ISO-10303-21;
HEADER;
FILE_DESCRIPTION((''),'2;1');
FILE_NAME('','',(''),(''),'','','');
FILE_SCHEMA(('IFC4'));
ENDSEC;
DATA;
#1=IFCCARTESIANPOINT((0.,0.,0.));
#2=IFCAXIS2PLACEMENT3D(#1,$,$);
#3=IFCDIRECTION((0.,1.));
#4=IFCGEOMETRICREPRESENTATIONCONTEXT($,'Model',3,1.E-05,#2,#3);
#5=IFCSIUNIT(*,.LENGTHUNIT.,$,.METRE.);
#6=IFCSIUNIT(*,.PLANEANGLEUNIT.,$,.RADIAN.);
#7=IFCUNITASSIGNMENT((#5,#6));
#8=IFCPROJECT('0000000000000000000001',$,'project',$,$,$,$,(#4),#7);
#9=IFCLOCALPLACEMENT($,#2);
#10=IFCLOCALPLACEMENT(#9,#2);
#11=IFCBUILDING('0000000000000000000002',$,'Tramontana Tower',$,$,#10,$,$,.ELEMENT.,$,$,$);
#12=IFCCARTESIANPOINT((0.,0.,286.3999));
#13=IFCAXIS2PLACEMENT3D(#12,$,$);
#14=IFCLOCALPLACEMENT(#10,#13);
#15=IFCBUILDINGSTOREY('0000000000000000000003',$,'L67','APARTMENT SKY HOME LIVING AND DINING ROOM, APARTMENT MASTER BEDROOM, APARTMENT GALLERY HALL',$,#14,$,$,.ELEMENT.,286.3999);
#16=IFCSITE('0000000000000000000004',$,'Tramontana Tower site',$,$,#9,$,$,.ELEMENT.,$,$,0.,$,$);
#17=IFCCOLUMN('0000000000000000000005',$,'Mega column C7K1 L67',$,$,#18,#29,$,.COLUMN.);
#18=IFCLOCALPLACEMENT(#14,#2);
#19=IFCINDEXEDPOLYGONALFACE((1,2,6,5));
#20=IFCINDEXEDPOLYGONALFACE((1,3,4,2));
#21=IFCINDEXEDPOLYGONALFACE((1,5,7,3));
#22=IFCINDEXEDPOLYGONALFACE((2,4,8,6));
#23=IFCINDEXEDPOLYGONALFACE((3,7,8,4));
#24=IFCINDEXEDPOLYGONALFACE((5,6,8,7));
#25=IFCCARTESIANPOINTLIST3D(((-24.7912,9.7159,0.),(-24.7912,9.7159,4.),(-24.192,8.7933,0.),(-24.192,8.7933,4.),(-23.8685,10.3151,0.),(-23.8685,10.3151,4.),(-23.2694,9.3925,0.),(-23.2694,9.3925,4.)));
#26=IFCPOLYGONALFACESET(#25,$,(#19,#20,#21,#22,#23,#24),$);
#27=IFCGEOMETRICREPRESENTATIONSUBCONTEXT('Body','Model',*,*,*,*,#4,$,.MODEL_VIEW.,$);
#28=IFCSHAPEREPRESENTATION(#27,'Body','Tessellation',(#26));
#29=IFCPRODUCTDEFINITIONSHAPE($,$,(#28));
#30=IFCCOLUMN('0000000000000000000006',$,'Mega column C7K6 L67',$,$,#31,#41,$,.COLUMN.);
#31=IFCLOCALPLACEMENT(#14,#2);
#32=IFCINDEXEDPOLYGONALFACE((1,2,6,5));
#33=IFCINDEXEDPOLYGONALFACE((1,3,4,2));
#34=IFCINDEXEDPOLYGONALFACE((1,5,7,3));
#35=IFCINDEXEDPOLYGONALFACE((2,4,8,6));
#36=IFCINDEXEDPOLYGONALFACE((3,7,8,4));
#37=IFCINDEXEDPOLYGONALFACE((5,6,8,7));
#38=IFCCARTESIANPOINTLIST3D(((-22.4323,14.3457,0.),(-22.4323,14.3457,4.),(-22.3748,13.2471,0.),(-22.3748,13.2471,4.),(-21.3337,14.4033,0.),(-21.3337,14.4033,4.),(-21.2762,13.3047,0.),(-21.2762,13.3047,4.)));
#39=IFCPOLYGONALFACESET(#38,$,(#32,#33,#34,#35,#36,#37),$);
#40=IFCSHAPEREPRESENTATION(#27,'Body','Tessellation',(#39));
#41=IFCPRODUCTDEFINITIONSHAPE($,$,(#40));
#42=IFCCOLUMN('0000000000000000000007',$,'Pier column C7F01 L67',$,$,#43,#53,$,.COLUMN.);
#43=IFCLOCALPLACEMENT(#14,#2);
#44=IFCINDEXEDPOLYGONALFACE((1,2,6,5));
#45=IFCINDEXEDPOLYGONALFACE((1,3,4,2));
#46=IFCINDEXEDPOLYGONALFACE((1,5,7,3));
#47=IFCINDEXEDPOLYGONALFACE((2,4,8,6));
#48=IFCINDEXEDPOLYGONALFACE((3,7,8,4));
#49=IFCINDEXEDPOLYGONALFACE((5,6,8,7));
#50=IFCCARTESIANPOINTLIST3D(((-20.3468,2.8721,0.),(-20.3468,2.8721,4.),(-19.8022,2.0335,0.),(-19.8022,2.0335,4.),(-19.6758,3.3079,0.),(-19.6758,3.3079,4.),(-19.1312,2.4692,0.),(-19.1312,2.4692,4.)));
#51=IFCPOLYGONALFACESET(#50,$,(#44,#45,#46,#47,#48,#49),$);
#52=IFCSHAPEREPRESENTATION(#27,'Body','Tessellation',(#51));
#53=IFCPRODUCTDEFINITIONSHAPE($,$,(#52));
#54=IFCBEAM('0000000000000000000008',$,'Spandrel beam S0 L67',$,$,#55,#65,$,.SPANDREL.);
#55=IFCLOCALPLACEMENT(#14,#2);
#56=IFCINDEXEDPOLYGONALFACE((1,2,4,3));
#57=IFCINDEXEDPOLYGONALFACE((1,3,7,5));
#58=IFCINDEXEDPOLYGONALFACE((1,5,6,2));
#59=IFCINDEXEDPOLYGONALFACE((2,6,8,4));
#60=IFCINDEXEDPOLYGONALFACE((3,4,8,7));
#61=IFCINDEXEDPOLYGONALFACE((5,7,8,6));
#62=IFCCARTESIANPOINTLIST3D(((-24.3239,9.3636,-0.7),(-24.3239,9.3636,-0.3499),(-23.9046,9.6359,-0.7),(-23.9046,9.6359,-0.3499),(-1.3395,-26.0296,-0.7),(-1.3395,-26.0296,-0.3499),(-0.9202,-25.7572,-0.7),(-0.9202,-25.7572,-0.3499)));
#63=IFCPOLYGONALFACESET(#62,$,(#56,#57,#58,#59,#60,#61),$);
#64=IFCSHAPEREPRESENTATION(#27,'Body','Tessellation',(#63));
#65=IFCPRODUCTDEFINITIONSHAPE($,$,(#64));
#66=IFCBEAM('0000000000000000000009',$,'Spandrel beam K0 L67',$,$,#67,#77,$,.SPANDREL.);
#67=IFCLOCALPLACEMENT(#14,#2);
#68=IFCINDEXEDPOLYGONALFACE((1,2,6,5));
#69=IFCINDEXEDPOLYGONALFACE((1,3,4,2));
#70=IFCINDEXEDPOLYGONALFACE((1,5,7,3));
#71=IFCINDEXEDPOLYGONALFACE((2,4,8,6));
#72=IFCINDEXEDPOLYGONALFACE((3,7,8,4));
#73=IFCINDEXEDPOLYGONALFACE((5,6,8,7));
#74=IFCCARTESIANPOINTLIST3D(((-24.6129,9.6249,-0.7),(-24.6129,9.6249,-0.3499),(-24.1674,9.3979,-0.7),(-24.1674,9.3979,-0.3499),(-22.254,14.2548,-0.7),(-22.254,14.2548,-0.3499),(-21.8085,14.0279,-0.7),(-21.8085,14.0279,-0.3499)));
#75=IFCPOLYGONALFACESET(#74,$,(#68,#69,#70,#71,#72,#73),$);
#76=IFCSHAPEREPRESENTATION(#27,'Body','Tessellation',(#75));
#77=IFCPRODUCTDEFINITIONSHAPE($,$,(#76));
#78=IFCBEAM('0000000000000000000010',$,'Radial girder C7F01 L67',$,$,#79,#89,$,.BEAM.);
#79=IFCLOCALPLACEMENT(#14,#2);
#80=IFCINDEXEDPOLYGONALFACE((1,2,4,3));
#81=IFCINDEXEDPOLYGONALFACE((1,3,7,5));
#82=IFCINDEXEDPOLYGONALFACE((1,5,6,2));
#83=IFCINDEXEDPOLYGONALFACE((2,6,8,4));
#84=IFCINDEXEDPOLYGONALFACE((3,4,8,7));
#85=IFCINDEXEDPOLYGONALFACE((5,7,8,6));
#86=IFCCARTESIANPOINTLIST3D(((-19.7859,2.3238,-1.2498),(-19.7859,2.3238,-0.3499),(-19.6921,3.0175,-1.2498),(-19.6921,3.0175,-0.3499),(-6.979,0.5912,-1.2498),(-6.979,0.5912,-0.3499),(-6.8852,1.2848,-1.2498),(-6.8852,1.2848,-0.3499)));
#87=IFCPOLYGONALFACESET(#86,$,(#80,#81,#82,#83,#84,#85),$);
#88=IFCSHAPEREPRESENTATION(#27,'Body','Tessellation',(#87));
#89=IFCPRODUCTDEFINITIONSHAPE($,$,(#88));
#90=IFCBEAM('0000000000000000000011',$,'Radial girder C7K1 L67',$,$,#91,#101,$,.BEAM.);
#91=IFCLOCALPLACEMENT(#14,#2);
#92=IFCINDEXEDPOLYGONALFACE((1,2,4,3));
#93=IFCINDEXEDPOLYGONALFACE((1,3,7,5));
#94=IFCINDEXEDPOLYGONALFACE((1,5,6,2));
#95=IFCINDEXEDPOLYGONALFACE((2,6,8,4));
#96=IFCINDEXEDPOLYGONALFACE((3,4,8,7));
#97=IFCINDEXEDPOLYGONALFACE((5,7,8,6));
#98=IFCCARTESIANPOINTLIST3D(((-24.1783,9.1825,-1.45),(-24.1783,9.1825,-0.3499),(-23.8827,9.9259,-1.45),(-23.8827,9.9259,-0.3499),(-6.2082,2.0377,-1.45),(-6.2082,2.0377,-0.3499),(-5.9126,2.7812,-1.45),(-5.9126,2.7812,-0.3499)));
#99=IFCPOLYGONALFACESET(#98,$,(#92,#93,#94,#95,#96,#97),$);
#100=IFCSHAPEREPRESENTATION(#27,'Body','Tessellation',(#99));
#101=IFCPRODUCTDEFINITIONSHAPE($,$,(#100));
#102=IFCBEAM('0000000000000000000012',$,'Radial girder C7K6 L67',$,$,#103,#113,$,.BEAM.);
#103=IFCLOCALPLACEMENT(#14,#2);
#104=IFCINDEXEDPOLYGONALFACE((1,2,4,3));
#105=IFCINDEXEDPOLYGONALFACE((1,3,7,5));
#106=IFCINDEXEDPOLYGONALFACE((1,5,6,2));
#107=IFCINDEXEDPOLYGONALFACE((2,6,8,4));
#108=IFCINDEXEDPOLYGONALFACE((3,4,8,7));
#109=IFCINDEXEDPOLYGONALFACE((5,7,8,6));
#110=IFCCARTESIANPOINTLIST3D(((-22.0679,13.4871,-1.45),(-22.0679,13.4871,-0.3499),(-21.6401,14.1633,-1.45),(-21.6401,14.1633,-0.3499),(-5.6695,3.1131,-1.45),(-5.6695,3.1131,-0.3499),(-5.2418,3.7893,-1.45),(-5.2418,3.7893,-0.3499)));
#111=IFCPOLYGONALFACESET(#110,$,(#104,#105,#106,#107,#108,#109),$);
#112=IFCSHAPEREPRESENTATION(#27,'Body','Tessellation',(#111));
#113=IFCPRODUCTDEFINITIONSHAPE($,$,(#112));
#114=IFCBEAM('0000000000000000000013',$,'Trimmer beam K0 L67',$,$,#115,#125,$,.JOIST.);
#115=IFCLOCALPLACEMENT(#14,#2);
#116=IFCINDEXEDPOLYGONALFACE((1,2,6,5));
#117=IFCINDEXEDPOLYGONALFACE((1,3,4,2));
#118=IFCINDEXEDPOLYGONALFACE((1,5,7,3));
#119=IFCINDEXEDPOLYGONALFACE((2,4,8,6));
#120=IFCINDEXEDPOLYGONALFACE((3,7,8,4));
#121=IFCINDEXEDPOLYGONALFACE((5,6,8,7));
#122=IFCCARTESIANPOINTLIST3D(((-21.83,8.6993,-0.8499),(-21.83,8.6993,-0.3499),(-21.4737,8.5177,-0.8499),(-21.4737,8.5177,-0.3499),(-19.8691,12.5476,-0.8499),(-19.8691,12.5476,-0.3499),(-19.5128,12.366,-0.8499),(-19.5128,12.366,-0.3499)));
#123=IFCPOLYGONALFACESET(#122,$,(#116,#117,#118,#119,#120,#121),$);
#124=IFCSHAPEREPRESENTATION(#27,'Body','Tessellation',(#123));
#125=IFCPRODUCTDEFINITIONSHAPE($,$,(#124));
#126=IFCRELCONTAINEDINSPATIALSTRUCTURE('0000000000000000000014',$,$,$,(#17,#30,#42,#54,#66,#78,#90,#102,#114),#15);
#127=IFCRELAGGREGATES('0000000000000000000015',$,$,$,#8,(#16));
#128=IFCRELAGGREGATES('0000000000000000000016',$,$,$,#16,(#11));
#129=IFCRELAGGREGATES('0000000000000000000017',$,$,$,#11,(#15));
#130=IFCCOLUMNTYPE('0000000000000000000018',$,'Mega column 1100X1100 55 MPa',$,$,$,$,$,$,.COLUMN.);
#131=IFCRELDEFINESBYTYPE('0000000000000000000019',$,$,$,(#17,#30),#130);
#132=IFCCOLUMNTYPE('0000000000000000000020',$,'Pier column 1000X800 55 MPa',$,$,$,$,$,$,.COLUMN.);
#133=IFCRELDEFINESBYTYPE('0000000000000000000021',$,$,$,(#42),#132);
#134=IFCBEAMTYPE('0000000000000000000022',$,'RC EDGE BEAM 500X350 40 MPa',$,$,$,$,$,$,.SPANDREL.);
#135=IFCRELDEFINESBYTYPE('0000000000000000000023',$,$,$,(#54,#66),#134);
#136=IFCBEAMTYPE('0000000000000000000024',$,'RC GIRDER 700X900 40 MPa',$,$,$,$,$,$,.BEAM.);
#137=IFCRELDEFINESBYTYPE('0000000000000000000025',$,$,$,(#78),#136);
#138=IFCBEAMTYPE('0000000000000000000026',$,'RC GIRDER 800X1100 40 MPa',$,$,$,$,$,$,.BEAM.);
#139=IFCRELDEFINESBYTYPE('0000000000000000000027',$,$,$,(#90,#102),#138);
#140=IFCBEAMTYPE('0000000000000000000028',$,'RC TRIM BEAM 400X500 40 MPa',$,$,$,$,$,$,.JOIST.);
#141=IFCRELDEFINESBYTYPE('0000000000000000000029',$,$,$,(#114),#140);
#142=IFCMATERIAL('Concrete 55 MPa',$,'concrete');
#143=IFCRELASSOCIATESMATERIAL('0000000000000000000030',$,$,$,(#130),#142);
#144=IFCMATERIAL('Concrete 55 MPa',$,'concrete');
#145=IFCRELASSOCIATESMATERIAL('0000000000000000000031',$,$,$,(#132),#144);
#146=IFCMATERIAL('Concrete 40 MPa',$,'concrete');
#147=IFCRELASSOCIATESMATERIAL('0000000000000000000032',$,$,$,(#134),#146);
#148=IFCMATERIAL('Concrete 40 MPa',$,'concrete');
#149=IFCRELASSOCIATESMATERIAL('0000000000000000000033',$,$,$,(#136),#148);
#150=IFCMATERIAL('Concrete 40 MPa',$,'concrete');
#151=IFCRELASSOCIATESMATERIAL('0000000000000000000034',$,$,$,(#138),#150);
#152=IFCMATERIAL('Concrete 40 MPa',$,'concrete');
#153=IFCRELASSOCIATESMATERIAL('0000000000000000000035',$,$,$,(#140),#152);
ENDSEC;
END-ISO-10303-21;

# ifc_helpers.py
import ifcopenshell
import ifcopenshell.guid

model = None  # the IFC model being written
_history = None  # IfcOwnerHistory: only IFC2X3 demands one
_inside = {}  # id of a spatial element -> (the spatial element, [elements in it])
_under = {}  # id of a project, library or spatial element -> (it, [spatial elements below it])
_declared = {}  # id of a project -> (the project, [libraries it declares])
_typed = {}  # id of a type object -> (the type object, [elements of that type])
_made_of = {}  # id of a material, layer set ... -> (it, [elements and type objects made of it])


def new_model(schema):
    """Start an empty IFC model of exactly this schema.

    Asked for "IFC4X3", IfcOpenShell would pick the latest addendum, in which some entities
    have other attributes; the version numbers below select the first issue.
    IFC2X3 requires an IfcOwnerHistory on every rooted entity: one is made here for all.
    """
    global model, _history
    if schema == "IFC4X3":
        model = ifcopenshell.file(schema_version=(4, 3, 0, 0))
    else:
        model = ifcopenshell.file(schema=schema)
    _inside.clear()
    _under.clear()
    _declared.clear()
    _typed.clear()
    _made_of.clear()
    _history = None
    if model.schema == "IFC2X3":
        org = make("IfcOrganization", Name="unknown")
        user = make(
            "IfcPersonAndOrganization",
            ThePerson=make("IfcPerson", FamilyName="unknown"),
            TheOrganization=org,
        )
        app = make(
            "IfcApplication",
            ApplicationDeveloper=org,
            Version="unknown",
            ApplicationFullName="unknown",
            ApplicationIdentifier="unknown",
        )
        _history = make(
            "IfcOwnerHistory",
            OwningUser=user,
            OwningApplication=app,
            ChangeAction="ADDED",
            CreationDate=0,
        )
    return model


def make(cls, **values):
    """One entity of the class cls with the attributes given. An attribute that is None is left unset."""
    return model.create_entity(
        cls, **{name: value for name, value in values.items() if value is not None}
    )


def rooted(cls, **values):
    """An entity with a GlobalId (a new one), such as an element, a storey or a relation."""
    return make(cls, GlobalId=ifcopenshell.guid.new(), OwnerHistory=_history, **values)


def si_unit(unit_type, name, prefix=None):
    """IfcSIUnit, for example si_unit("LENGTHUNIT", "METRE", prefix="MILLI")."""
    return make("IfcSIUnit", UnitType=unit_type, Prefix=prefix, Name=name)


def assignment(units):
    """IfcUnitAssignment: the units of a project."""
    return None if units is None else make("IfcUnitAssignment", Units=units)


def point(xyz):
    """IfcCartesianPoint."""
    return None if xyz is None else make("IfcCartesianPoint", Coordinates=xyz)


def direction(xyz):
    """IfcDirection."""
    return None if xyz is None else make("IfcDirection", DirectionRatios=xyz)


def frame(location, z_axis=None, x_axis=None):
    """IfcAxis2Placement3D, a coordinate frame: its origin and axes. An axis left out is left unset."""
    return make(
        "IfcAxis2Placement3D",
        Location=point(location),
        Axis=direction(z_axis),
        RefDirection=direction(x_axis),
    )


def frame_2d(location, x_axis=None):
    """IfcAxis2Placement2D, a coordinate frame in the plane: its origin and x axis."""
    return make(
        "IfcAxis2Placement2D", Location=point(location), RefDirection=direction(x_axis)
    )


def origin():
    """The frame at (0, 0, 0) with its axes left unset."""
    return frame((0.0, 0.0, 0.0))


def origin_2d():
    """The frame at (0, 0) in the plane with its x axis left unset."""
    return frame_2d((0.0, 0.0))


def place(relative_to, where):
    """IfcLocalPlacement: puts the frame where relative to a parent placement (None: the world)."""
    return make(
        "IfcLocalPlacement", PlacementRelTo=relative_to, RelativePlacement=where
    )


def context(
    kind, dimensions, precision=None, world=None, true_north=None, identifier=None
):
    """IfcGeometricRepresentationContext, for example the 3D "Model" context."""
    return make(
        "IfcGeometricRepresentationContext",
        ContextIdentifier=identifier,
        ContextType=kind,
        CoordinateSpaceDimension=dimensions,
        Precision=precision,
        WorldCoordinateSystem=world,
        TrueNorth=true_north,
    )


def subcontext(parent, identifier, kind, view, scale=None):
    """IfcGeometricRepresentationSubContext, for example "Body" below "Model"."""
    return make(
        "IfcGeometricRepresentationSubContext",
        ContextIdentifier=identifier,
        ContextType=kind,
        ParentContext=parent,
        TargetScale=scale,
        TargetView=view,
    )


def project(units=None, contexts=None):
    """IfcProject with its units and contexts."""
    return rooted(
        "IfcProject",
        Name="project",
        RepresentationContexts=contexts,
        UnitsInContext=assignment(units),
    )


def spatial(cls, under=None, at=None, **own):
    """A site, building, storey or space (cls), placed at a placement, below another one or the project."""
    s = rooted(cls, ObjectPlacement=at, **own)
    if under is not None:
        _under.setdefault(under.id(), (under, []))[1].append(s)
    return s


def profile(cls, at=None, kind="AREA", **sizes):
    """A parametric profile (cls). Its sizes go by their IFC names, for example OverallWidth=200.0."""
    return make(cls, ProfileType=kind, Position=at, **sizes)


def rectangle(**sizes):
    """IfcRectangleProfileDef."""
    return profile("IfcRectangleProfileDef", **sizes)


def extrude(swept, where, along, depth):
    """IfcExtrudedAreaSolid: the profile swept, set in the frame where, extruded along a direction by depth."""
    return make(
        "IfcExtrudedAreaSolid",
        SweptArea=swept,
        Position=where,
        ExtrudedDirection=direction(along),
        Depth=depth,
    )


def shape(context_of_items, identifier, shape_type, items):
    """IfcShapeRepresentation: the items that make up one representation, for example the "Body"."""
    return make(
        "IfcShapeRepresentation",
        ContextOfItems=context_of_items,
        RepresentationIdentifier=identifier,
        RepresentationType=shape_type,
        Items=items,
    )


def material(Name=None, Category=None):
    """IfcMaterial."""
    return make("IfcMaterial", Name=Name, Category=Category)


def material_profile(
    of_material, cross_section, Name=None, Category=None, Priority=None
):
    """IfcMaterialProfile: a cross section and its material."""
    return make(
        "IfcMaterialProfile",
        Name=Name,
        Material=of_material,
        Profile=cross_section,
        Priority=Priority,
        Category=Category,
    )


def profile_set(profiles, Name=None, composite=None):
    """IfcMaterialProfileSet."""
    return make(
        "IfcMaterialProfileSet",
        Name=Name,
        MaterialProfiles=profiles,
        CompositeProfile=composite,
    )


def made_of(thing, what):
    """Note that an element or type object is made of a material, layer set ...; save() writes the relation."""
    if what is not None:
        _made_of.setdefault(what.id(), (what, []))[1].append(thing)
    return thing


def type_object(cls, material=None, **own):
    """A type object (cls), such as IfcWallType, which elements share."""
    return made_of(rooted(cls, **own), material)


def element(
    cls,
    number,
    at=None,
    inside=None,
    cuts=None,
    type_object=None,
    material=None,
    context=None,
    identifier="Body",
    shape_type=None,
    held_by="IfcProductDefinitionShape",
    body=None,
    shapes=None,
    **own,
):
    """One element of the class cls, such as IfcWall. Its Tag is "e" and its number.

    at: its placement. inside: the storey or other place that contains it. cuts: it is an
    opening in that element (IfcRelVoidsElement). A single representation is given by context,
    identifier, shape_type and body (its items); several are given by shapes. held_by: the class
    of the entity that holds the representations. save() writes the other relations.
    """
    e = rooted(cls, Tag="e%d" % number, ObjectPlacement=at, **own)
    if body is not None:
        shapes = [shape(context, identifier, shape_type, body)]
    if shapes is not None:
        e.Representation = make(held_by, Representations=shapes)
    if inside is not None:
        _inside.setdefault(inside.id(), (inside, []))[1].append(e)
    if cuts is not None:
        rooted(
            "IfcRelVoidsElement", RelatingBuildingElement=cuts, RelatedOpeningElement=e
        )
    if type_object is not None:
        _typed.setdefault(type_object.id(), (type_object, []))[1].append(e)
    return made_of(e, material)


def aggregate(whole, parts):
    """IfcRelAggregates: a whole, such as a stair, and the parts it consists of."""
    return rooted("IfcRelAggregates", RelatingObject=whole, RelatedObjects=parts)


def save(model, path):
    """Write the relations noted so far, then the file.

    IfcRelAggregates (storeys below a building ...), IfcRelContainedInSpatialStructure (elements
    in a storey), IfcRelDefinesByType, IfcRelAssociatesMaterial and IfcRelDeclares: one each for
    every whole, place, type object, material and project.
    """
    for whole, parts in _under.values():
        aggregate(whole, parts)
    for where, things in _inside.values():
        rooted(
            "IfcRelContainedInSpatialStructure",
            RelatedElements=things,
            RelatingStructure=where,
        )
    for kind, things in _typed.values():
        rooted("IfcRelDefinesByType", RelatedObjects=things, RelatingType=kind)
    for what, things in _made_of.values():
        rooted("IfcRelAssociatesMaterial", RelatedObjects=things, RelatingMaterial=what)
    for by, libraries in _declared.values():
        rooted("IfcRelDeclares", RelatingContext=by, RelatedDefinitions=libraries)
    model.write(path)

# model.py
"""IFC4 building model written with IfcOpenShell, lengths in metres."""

from ifc_helpers import new_model, si_unit, direction, frame, origin, origin_2d, place, context, subcontext, project, spatial, rectangle, extrude, material, material_profile, profile_set, type_object, element, save


model = new_model("IFC4")

# Units and contexts
model_context = context("Model", 3, precision=1e-05, world=origin(), true_north=direction((0.0, 1.0)))
body_context = subcontext(model_context, "Body", "Model", "MODEL_VIEW")
ifc_project = project(units=[si_unit("LENGTHUNIT", "METRE"), si_unit("PLANEANGLEUNIT", "RADIAN")], contexts=[model_context])

# Site, building, storey
site_placement = place(None, origin())
site = spatial("IfcSite", under=ifc_project, at=site_placement, Name="Tramontana Tower site", CompositionType="ELEMENT", RefElevation=0.0)
building_placement = place(site_placement, origin())
building = spatial("IfcBuilding", under=site, at=building_placement, Name="Tramontana Tower", CompositionType="ELEMENT")
storey_placement = place(building_placement, frame((0.0, 0.0, 286.3999)))
storey = spatial("IfcBuildingStorey", under=building, at=storey_placement, Name="L67", Description="APARTMENT SKY HOME LIVING AND DINING ROOM, APARTMENT MASTER BEDROOM, APARTMENT GALLERY HALL", CompositionType="ELEMENT", Elevation=286.3999)

# Columns
ifc_material_1 = material(Name="Concrete 55 MPa", Category="concrete")
ifc_material_profile_1 = material_profile(ifc_material_1, rectangle(XDim=1.1001, YDim=1.1001, at=origin_2d()), Name="Mega column 1100X1100 55 MPa")
ifc_profile_set_1 = profile_set([ifc_material_profile_1], Name="Concrete 55 MPa")
column_type_1 = type_object("IfcColumnType", Name="Mega column 1100X1100 55 MPa", PredefinedType="COLUMN", material=ifc_profile_set_1)
for number, where, z_axis, x_axis, name in (
    (1, (-24.0303, 9.5542, 0.0), (0.0, 0.0, 1.0), (0.544639, -0.838671, 0.0), "Mega column C7K1 L67"),
    (2, (-21.8542, 13.8252, 0.0), (0.0, 0.0, 1.0), (-0.99863, -0.052336, 0.0), "Mega column C7K6 L67"),
):
    element("IfcColumn", number, at=place(storey_placement, frame(where, z_axis=z_axis, x_axis=x_axis)), inside=storey, type_object=column_type_1, Name=name, PredefinedType="COLUMN", context=body_context, shape_type="SweptSolid", body=[
        extrude(rectangle(XDim=1.1001, YDim=1.1001, at=origin_2d()), origin(), (0.0, 0.0, 1.0), 4.0),
    ])
ifc_material_2 = material(Name="Concrete 55 MPa", Category="concrete")
ifc_material_profile_2 = material_profile(ifc_material_2, rectangle(XDim=1.0, YDim=0.8, at=origin_2d()), Name="Pier column 1000X800 55 MPa")
ifc_profile_set_2 = profile_set([ifc_material_profile_2], Name="Concrete 55 MPa")
column_type_2 = type_object("IfcColumnType", Name="Pier column 1000X800 55 MPa", PredefinedType="COLUMN", material=ifc_profile_set_2)
column_placement = place(storey_placement, frame((-19.739, 2.6707, 0.0), z_axis=(0.0, 0.0, 1.0), x_axis=(0.544639, -0.838671, 0.0)))
element("IfcColumn", 3, at=column_placement, inside=storey, type_object=column_type_2, Name="Pier column C7F01 L67", PredefinedType="COLUMN", context=body_context, shape_type="SweptSolid", body=[
    extrude(rectangle(XDim=1.0, YDim=0.8, at=origin_2d()), origin(), (0.0, 0.0, 1.0), 4.0),
])

# Beams
ifc_material_3 = material(Name="Concrete 40 MPa", Category="concrete")
ifc_material_profile_3 = material_profile(ifc_material_3, rectangle(XDim=0.5, YDim=0.3501, at=origin_2d()), Name="RC EDGE BEAM 500X350 40 MPa")
ifc_profile_set_3 = profile_set([ifc_material_profile_3], Name="Concrete 40 MPa")
beam_type_1 = type_object("IfcBeamType", Name="RC EDGE BEAM 500X350 40 MPa", PredefinedType="SPANDREL", material=ifc_profile_set_3)
beam_1_placement = place(storey_placement, frame((-24.1143, 9.4998, -0.5249), z_axis=(0.544637, -0.838672, 0.0), x_axis=(0.838672, 0.544637, 0.0)))
element("IfcBeam", 4, at=beam_1_placement, inside=storey, type_object=beam_type_1, Name="Spandrel beam S0 L67", PredefinedType="SPANDREL", context=body_context, shape_type="SweptSolid", body=[
    extrude(rectangle(XDim=0.5, YDim=0.3501, at=origin_2d()), origin(), (0.0, 0.0, 1.0), 42.2014),
])
beam_2_placement = place(storey_placement, frame((-22.0312, 14.1414, -0.5249), z_axis=(-0.453967, -0.891019, 0.0), x_axis=(0.891019, -0.453967, 0.0)))
element("IfcBeam", 5, at=beam_2_placement, inside=storey, type_object=beam_type_1, Name="Spandrel beam K0 L67", PredefinedType="SPANDREL", context=body_context, shape_type="SweptSolid", body=[
    extrude(rectangle(XDim=0.5, YDim=0.3501, at=origin_2d()), origin(), (0.0, 0.0, 1.0), 5.1963),
])
ifc_material_4 = material(Name="Concrete 40 MPa", Category="concrete")
ifc_material_profile_4 = material_profile(ifc_material_4, rectangle(XDim=0.7, YDim=0.8999, at=origin_2d()), Name="RC GIRDER 700X900 40 MPa")
ifc_profile_set_4 = profile_set([ifc_material_profile_4], Name="Concrete 40 MPa")
beam_type_2 = type_object("IfcBeamType", Name="RC GIRDER 700X900 40 MPa", PredefinedType="BEAM", material=ifc_profile_set_4)
beam_3_placement = place(storey_placement, frame((-19.739, 2.6707, -0.7998), z_axis=(0.990972, -0.13407, 0.0), x_axis=(0.13407, 0.990972, 0.0)))
element("IfcBeam", 6, at=beam_3_placement, inside=storey, type_object=beam_type_2, Name="Radial girder C7F01 L67", PredefinedType="BEAM", context=body_context, shape_type="SweptSolid", body=[
    extrude(rectangle(XDim=0.7, YDim=0.8999, at=origin_2d()), origin(), (0.0, 0.0, 1.0), 12.9236),
])
ifc_material_5 = material(Name="Concrete 40 MPa", Category="concrete")
ifc_material_profile_5 = material_profile(ifc_material_5, rectangle(XDim=0.8, YDim=1.1001, at=origin_2d()), Name="RC GIRDER 800X1100 40 MPa")
ifc_profile_set_5 = profile_set([ifc_material_profile_5], Name="Concrete 40 MPa")
beam_type_3 = type_object("IfcBeamType", Name="RC GIRDER 800X1100 40 MPa", PredefinedType="BEAM", material=ifc_profile_set_5)
beam_4_placement = place(storey_placement, frame((-24.0305, 9.5542, -0.8999), z_axis=(0.929247, -0.369459, 0.0), x_axis=(0.369459, 0.929247, 0.0)))
element("IfcBeam", 7, at=beam_4_placement, inside=storey, type_object=beam_type_3, Name="Radial girder C7K1 L67", PredefinedType="BEAM", context=body_context, shape_type="SweptSolid", body=[
    extrude(rectangle(XDim=0.8, YDim=1.1001, at=origin_2d()), origin(), (0.0, 0.0, 1.0), 19.3384),
])
beam_5_placement = place(storey_placement, frame((-21.854, 13.8252, -0.8999), z_axis=(0.84509, -0.534623, 0.0), x_axis=(0.534623, 0.84509, 0.0)))
element("IfcBeam", 8, at=beam_5_placement, inside=storey, type_object=beam_type_3, Name="Radial girder C7K6 L67", PredefinedType="BEAM", context=body_context, shape_type="SweptSolid", body=[
    extrude(rectangle(XDim=0.8, YDim=1.1001, at=origin_2d()), origin(), (0.0, 0.0, 1.0), 19.4043),
])
ifc_material_6 = material(Name="Concrete 40 MPa", Category="concrete")
ifc_material_profile_6 = material_profile(ifc_material_6, rectangle(XDim=0.3999, YDim=0.5, at=origin_2d()), Name="RC TRIM BEAM 400X500 40 MPa")
ifc_profile_set_6 = profile_set([ifc_material_profile_6], Name="Concrete 40 MPa")
beam_type_4 = type_object("IfcBeamType", Name="RC TRIM BEAM 400X500 40 MPa", PredefinedType="JOIST", material=ifc_profile_set_6)
beam_6_placement = place(storey_placement, frame((-19.6909, 12.4568, -0.5999), z_axis=(-0.454006, -0.890999, 0.0), x_axis=(0.890999, -0.454006, 0.0)))
element("IfcBeam", 9, at=beam_6_placement, inside=storey, type_object=beam_type_4, Name="Trimmer beam K0 L67", PredefinedType="JOIST", context=body_context, shape_type="SweptSolid", body=[
    extrude(rectangle(XDim=0.3999, YDim=0.5, at=origin_2d()), origin(), (0.0, 0.0, 1.0), 4.3191),
])

save(model, "model.ifc")
